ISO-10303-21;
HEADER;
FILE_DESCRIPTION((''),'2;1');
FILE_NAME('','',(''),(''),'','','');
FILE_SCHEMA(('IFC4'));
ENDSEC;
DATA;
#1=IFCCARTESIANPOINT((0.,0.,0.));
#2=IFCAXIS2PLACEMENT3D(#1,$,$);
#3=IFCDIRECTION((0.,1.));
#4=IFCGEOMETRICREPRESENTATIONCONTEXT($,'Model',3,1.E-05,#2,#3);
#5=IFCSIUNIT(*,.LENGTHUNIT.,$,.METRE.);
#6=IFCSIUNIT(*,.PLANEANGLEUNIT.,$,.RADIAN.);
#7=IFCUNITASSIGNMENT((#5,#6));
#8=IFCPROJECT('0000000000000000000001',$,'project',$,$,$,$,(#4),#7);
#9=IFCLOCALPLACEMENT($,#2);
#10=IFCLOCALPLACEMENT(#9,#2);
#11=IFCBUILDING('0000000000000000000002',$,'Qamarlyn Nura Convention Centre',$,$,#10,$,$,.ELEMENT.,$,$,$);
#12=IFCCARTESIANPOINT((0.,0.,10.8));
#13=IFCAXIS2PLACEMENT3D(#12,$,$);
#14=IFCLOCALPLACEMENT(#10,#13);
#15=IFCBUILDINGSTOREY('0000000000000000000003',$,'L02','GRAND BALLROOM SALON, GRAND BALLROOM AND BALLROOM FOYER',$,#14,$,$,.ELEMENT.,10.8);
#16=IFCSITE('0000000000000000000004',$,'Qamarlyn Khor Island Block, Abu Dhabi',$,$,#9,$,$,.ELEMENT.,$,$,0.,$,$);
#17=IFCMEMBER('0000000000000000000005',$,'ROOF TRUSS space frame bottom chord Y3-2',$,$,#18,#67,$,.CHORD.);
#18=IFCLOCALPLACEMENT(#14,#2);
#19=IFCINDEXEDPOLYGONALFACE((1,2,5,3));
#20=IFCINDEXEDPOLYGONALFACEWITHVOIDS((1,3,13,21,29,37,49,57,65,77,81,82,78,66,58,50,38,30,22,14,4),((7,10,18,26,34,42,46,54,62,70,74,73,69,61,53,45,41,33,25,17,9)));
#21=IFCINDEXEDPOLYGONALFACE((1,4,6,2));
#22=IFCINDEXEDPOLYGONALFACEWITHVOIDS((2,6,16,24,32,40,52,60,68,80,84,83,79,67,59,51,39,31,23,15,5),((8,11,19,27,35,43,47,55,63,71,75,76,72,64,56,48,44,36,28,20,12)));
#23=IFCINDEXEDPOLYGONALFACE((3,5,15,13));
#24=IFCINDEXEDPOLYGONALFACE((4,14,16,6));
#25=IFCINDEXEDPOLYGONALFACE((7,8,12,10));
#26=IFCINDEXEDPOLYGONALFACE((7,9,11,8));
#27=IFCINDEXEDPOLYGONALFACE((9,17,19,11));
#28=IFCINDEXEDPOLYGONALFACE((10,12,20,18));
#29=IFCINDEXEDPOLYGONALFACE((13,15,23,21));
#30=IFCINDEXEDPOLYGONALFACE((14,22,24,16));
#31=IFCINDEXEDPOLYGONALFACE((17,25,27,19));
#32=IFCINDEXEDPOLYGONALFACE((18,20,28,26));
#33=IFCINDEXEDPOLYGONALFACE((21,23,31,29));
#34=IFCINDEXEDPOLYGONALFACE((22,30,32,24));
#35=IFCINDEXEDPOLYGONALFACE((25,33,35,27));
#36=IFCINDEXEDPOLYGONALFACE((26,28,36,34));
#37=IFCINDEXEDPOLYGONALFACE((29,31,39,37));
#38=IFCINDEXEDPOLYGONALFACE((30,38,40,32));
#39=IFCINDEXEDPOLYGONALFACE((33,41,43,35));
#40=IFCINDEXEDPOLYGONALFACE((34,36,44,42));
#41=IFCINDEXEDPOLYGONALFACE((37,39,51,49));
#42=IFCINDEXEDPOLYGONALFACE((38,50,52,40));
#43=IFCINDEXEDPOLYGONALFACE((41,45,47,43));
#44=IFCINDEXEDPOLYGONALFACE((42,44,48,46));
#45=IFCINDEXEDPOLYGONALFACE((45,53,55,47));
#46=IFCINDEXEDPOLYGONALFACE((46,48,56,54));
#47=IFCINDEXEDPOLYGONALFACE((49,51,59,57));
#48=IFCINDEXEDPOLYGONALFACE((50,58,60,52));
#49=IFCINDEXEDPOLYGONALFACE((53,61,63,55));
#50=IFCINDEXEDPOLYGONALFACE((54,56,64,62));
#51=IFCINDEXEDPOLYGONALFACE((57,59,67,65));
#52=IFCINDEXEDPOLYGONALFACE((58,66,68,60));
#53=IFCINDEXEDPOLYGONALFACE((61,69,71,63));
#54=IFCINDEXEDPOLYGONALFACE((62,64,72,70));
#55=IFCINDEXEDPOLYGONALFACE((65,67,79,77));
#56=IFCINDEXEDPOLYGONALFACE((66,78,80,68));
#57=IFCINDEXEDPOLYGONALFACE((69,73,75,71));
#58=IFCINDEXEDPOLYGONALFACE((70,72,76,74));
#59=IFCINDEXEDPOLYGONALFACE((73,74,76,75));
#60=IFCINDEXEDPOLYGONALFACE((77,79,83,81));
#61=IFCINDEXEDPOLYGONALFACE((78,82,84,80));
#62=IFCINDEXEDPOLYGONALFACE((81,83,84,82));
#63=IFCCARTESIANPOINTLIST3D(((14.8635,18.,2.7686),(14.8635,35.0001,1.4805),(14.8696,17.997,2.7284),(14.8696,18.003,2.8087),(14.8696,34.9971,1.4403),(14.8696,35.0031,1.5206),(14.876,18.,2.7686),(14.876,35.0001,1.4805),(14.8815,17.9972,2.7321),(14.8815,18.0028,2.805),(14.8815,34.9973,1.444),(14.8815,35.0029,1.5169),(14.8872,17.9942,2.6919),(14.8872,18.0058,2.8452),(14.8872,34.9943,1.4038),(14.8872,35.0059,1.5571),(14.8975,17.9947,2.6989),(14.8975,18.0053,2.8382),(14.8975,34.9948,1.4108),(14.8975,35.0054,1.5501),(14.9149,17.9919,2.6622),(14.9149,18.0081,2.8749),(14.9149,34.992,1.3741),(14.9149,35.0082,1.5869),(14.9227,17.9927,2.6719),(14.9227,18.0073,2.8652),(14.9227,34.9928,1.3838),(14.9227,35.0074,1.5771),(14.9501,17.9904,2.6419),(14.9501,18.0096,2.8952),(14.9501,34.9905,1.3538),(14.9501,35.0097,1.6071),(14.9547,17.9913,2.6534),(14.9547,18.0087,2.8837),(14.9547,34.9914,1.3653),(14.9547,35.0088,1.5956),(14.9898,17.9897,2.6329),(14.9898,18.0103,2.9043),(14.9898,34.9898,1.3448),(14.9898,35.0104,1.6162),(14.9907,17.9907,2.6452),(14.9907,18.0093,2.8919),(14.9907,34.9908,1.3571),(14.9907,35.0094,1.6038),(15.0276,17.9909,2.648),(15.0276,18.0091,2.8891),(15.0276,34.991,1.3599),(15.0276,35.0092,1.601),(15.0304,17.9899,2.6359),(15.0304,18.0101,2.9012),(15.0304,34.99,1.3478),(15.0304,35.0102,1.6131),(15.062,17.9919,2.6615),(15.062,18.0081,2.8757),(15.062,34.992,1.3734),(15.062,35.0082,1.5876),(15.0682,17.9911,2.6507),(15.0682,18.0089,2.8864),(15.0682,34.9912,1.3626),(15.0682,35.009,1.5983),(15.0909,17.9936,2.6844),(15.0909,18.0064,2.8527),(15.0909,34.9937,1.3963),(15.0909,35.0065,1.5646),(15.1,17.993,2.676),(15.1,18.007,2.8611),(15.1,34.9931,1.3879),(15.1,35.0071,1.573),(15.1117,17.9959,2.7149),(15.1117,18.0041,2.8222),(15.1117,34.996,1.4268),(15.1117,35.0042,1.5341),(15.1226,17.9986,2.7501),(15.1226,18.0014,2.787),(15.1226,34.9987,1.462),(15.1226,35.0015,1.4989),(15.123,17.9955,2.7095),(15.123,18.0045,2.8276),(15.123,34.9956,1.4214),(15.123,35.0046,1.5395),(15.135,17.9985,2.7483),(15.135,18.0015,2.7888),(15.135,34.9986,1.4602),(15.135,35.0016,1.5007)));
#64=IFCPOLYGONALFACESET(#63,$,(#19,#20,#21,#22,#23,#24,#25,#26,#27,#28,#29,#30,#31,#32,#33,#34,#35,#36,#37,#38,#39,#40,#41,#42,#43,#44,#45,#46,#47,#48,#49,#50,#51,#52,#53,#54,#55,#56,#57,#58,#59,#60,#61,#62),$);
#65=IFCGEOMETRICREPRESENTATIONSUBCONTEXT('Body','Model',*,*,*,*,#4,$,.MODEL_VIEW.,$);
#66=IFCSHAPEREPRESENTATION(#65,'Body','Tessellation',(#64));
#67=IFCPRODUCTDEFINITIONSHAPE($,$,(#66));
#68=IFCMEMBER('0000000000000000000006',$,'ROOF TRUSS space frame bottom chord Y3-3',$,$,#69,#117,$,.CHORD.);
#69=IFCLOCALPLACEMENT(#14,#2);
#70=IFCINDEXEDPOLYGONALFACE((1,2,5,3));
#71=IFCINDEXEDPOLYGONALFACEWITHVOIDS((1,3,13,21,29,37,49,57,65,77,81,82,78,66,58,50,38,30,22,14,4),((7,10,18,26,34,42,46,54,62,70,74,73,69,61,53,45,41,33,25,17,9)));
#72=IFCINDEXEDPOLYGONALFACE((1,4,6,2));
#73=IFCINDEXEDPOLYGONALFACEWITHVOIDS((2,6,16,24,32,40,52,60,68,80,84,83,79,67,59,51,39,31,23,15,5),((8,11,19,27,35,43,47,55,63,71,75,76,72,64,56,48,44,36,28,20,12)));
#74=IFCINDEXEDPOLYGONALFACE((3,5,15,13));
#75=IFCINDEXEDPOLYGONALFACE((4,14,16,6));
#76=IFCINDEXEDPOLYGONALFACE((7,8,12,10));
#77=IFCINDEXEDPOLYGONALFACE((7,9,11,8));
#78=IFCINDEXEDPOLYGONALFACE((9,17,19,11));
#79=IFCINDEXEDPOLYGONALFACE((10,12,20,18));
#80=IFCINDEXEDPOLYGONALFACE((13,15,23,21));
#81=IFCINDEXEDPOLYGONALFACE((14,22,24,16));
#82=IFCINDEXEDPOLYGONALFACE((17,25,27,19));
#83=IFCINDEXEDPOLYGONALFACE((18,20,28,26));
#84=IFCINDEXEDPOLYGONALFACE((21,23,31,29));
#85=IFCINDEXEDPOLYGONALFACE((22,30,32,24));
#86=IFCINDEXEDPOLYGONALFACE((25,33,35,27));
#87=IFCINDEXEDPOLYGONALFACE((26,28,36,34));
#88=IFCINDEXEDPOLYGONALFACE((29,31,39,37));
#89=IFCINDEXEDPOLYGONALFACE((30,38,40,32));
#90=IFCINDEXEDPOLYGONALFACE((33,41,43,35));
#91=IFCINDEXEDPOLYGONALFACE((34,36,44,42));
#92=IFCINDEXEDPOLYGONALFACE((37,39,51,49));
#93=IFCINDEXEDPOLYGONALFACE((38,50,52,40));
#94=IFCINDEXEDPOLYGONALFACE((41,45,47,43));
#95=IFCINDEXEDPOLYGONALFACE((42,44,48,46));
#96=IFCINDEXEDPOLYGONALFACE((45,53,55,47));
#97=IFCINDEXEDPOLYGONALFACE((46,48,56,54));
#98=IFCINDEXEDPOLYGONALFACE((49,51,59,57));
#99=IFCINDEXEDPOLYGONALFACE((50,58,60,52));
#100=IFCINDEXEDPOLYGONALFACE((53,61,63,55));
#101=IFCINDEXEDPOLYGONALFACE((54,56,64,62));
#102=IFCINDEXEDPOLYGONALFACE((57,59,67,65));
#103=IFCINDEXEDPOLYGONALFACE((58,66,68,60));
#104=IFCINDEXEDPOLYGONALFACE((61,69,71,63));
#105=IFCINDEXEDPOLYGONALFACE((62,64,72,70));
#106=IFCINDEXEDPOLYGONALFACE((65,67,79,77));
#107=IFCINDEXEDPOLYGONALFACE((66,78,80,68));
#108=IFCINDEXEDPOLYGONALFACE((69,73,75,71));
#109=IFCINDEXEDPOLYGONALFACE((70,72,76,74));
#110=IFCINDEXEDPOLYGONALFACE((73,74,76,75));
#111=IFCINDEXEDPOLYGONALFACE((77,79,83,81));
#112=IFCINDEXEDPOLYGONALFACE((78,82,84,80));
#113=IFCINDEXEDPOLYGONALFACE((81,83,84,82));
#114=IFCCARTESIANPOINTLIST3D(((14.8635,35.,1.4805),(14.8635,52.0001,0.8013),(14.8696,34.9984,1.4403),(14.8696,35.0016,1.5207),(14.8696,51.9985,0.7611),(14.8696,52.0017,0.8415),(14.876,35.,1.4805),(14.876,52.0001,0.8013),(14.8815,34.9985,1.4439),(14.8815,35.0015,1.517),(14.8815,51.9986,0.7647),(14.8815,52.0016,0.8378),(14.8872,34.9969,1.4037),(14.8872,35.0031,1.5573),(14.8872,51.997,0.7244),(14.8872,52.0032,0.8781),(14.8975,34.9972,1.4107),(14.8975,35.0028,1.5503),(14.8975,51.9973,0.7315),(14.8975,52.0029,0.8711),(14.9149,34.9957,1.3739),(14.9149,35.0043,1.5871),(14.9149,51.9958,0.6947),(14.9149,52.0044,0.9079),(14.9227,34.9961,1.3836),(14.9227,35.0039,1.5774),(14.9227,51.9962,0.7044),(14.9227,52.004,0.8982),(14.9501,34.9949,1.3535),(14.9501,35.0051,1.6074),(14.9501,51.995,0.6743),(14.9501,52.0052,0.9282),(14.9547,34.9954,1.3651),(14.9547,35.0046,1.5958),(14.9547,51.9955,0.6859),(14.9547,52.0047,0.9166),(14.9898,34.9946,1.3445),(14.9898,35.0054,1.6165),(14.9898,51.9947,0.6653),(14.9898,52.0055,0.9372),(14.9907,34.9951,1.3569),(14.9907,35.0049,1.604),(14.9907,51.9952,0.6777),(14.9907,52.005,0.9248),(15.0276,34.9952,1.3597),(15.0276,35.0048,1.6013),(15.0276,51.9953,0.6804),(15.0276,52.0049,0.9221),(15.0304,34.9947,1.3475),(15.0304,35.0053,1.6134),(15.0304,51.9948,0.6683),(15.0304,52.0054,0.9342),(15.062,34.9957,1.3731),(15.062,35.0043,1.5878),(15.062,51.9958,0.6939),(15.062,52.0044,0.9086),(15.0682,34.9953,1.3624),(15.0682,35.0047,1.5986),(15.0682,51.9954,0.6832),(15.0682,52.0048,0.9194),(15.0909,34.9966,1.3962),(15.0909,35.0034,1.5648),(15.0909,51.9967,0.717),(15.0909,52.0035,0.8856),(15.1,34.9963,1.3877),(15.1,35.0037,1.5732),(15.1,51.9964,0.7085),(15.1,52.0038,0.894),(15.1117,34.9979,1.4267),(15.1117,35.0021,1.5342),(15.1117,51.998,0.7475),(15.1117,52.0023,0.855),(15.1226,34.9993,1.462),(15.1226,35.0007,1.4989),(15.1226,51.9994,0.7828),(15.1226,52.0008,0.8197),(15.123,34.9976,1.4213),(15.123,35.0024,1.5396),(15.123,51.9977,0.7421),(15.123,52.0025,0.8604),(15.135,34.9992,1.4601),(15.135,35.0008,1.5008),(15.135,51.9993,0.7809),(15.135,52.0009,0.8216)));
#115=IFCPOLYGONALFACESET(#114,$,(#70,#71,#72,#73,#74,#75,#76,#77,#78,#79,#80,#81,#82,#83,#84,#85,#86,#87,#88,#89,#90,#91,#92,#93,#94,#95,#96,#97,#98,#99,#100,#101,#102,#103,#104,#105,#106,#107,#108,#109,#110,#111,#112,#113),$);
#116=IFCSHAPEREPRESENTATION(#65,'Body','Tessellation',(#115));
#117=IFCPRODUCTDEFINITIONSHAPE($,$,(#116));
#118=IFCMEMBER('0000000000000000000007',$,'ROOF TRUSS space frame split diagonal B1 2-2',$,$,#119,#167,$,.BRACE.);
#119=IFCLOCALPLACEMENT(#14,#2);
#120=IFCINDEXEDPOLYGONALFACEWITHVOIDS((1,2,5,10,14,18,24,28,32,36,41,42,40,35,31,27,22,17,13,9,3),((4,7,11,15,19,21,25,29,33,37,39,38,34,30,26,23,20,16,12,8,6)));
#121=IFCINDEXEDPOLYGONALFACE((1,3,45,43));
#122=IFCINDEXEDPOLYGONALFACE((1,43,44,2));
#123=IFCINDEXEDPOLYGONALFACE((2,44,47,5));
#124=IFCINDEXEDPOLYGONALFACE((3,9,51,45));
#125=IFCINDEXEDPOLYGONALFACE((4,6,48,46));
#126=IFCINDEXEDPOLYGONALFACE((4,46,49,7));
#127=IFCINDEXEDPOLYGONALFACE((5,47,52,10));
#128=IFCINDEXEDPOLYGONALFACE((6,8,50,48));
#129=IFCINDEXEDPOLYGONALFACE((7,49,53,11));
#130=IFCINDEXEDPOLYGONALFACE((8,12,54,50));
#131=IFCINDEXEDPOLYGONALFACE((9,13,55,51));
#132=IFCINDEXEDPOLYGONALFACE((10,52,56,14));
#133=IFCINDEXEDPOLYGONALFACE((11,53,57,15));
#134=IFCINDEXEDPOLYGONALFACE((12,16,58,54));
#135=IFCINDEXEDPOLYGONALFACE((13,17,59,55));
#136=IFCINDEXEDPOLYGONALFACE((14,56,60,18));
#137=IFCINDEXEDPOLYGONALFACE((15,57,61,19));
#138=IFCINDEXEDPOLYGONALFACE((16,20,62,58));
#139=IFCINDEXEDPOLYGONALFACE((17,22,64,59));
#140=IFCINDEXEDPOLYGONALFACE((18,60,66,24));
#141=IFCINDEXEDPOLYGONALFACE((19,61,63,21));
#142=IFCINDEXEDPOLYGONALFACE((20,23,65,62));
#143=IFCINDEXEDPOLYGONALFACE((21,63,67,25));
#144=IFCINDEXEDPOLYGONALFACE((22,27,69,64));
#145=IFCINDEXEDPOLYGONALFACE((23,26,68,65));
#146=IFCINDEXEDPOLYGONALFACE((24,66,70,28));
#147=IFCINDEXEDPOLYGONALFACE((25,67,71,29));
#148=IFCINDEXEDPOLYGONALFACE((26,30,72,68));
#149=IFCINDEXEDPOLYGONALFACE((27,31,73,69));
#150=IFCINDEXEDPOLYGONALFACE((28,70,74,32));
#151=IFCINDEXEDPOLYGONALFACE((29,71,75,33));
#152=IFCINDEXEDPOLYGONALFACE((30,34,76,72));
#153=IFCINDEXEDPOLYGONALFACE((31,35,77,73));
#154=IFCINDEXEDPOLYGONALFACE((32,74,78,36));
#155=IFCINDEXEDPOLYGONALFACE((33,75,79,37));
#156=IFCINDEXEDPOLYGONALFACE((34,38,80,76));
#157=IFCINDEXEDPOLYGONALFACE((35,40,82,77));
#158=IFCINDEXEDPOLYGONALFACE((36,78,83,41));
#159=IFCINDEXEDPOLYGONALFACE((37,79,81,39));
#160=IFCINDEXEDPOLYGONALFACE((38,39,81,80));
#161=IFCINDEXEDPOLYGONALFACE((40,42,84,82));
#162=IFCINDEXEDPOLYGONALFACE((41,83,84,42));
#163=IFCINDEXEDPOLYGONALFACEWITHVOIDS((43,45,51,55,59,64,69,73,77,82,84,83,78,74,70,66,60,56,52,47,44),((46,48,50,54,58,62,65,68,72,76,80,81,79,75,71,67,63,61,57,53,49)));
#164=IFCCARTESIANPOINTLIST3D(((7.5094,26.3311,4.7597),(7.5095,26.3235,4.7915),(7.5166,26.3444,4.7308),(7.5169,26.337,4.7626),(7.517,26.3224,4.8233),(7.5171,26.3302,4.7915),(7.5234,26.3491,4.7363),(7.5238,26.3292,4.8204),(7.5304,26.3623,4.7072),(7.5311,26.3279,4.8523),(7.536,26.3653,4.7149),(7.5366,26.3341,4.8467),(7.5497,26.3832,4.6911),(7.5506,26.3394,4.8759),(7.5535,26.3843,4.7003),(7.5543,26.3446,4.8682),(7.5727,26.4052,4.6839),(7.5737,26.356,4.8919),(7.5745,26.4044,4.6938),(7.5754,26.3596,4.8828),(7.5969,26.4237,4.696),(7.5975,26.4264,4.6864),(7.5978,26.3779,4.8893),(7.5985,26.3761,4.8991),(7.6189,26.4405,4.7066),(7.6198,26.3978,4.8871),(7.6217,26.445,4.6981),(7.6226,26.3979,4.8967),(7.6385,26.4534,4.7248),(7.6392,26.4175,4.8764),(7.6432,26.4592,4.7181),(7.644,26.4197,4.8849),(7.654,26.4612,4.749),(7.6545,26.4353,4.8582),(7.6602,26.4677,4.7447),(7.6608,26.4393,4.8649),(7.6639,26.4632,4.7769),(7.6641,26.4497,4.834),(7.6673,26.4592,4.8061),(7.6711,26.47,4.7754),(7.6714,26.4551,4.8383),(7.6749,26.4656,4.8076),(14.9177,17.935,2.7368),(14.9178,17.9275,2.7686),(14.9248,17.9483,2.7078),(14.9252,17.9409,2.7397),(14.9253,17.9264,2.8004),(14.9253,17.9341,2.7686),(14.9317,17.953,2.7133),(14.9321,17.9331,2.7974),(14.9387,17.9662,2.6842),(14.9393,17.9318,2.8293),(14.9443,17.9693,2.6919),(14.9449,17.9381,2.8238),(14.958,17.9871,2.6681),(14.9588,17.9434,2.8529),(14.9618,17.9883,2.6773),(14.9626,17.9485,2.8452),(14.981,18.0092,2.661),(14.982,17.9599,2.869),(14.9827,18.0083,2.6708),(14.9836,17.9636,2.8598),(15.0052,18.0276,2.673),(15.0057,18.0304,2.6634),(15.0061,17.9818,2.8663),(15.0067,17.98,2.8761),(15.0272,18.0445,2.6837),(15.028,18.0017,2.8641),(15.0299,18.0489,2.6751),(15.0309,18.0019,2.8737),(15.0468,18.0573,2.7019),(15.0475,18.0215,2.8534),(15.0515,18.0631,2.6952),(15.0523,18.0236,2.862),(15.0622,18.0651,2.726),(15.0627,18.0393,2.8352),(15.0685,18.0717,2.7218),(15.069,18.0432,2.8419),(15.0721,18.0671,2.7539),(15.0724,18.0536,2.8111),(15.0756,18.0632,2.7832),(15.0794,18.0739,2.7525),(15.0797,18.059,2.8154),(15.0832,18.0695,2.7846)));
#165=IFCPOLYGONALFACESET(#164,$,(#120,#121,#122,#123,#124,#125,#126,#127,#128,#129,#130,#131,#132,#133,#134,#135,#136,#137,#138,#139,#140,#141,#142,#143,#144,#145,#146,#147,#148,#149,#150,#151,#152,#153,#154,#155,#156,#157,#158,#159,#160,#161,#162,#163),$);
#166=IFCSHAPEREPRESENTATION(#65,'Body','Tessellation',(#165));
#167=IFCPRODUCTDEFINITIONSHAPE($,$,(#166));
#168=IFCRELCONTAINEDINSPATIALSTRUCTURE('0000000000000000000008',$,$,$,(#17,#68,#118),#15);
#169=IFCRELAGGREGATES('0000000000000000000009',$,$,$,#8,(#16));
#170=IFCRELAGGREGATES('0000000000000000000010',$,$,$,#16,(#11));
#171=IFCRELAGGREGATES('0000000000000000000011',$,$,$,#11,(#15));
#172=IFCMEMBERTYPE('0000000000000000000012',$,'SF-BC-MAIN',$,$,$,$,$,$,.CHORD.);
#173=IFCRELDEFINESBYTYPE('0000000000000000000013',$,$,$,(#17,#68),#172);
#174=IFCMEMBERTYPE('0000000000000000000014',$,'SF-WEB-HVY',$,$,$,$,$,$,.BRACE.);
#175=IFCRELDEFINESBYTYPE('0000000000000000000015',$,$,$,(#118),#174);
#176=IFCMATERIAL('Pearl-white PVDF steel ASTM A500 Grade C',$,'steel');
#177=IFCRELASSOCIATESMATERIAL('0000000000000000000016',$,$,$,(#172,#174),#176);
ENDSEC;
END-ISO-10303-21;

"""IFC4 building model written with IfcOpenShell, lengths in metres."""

from ifc_helpers import new_model, si_unit, direction, frame, origin, origin_2d, place, context, subcontext, project, spatial, hollow_circle, extrude, material, material_profile, profile_set, type_object, element, save


model = new_model("IFC4")

# Units and contexts
model_context = context("Model", 3, precision=1e-05, world=origin(), true_north=direction((0.0, 1.0)))
body_context = subcontext(model_context, "Body", "Model", "MODEL_VIEW")
ifc_project = project(units=[si_unit("LENGTHUNIT", "METRE"), si_unit("PLANEANGLEUNIT", "RADIAN")], contexts=[model_context])

# Site, building, storey
site_placement = place(None, origin())
site = spatial("IfcSite", under=ifc_project, at=site_placement, Name="Qamarlyn Khor Island Block, Abu Dhabi", CompositionType="ELEMENT", RefElevation=0.0)
building_placement = place(site_placement, origin())
building = spatial("IfcBuilding", under=site, at=building_placement, Name="Qamarlyn Nura Convention Centre", CompositionType="ELEMENT")
storey_placement = place(building_placement, frame((0.0, 0.0, 10.8)))
storey = spatial("IfcBuildingStorey", under=building, at=storey_placement, Name="L02", Description="GRAND BALLROOM SALON, GRAND BALLROOM AND BALLROOM FOYER", CompositionType="ELEMENT", Elevation=10.8)

# Members
ifc_material_1 = material(Name="Pearl-white PVDF steel ASTM A500 Grade C", Category="steel")
ifc_material_profile_1 = material_profile(ifc_material_1, hollow_circle(Radius=0.1365, WallThickness=0.0125, at=origin_2d()), Name="CHS273X12.5")
ifc_profile_set_1 = profile_set([ifc_material_profile_1], Name="Pearl-white PVDF steel ASTM A500 Grade C")
member_type_1 = type_object("IfcMemberType", Name="SF-BC-MAIN", PredefinedType="CHORD", material=ifc_profile_set_1)
member_1_placement = place(storey_placement, frame((15.0, 18.0, 2.7686), z_axis=(0.0, 0.997142, -0.075553), x_axis=(-1.0, 0.0, 0.0)))
element("IfcMember", 1, at=member_1_placement, inside=storey, type_object=member_type_1, Name="ROOF TRUSS space frame bottom chord Y3-2", PredefinedType="CHORD", context=body_context, shape_type="SweptSolid", body=[
    extrude(hollow_circle(Radius=0.1365, WallThickness=0.0125, at=origin_2d()), origin(), (0.0, 0.0, 1.0), 17.0488),
])
member_2_placement = place(storey_placement, frame((15.0, 35.0, 1.4805), z_axis=(0.0, 0.999203, -0.039921), x_axis=(-1.0, 0.0, 0.0)))
element("IfcMember", 2, at=member_2_placement, inside=storey, type_object=member_type_1, Name="ROOF TRUSS space frame bottom chord Y3-3", PredefinedType="CHORD", context=body_context, shape_type="SweptSolid", body=[
    extrude(hollow_circle(Radius=0.1365, WallThickness=0.0125, at=origin_2d()), origin(), (0.0, 0.0, 1.0), 17.0137),
])
ifc_material_profile_2 = material_profile(ifc_material_1, hollow_circle(Radius=0.1096, WallThickness=0.01, at=origin_2d()), Name="CHS219.1X10")
ifc_profile_set_2 = profile_set([ifc_material_profile_2], Name="Pearl-white PVDF steel ASTM A500 Grade C")
member_type_2 = type_object("IfcMemberType", Name="SF-WEB-HVY", PredefinedType="BRACE", material=ifc_profile_set_2)
member_3_placement = place(storey_placement, frame((15.0, 18.0, 2.7686), z_axis=(-0.65108, 0.737893, 0.17779), x_axis=(-0.749839, -0.66162, 0.0)))
element("IfcMember", 3, at=member_3_placement, inside=storey, type_object=member_type_2, Name="ROOF TRUSS space frame split diagonal B1 2-2", PredefinedType="BRACE", context=body_context, shape_type="SweptSolid", body=[
    extrude(hollow_circle(Radius=0.1096, WallThickness=0.01, at=origin_2d()), origin(), (0.0, 0.0, 1.0), 11.3784),
])

save(model, "model.ifc")
